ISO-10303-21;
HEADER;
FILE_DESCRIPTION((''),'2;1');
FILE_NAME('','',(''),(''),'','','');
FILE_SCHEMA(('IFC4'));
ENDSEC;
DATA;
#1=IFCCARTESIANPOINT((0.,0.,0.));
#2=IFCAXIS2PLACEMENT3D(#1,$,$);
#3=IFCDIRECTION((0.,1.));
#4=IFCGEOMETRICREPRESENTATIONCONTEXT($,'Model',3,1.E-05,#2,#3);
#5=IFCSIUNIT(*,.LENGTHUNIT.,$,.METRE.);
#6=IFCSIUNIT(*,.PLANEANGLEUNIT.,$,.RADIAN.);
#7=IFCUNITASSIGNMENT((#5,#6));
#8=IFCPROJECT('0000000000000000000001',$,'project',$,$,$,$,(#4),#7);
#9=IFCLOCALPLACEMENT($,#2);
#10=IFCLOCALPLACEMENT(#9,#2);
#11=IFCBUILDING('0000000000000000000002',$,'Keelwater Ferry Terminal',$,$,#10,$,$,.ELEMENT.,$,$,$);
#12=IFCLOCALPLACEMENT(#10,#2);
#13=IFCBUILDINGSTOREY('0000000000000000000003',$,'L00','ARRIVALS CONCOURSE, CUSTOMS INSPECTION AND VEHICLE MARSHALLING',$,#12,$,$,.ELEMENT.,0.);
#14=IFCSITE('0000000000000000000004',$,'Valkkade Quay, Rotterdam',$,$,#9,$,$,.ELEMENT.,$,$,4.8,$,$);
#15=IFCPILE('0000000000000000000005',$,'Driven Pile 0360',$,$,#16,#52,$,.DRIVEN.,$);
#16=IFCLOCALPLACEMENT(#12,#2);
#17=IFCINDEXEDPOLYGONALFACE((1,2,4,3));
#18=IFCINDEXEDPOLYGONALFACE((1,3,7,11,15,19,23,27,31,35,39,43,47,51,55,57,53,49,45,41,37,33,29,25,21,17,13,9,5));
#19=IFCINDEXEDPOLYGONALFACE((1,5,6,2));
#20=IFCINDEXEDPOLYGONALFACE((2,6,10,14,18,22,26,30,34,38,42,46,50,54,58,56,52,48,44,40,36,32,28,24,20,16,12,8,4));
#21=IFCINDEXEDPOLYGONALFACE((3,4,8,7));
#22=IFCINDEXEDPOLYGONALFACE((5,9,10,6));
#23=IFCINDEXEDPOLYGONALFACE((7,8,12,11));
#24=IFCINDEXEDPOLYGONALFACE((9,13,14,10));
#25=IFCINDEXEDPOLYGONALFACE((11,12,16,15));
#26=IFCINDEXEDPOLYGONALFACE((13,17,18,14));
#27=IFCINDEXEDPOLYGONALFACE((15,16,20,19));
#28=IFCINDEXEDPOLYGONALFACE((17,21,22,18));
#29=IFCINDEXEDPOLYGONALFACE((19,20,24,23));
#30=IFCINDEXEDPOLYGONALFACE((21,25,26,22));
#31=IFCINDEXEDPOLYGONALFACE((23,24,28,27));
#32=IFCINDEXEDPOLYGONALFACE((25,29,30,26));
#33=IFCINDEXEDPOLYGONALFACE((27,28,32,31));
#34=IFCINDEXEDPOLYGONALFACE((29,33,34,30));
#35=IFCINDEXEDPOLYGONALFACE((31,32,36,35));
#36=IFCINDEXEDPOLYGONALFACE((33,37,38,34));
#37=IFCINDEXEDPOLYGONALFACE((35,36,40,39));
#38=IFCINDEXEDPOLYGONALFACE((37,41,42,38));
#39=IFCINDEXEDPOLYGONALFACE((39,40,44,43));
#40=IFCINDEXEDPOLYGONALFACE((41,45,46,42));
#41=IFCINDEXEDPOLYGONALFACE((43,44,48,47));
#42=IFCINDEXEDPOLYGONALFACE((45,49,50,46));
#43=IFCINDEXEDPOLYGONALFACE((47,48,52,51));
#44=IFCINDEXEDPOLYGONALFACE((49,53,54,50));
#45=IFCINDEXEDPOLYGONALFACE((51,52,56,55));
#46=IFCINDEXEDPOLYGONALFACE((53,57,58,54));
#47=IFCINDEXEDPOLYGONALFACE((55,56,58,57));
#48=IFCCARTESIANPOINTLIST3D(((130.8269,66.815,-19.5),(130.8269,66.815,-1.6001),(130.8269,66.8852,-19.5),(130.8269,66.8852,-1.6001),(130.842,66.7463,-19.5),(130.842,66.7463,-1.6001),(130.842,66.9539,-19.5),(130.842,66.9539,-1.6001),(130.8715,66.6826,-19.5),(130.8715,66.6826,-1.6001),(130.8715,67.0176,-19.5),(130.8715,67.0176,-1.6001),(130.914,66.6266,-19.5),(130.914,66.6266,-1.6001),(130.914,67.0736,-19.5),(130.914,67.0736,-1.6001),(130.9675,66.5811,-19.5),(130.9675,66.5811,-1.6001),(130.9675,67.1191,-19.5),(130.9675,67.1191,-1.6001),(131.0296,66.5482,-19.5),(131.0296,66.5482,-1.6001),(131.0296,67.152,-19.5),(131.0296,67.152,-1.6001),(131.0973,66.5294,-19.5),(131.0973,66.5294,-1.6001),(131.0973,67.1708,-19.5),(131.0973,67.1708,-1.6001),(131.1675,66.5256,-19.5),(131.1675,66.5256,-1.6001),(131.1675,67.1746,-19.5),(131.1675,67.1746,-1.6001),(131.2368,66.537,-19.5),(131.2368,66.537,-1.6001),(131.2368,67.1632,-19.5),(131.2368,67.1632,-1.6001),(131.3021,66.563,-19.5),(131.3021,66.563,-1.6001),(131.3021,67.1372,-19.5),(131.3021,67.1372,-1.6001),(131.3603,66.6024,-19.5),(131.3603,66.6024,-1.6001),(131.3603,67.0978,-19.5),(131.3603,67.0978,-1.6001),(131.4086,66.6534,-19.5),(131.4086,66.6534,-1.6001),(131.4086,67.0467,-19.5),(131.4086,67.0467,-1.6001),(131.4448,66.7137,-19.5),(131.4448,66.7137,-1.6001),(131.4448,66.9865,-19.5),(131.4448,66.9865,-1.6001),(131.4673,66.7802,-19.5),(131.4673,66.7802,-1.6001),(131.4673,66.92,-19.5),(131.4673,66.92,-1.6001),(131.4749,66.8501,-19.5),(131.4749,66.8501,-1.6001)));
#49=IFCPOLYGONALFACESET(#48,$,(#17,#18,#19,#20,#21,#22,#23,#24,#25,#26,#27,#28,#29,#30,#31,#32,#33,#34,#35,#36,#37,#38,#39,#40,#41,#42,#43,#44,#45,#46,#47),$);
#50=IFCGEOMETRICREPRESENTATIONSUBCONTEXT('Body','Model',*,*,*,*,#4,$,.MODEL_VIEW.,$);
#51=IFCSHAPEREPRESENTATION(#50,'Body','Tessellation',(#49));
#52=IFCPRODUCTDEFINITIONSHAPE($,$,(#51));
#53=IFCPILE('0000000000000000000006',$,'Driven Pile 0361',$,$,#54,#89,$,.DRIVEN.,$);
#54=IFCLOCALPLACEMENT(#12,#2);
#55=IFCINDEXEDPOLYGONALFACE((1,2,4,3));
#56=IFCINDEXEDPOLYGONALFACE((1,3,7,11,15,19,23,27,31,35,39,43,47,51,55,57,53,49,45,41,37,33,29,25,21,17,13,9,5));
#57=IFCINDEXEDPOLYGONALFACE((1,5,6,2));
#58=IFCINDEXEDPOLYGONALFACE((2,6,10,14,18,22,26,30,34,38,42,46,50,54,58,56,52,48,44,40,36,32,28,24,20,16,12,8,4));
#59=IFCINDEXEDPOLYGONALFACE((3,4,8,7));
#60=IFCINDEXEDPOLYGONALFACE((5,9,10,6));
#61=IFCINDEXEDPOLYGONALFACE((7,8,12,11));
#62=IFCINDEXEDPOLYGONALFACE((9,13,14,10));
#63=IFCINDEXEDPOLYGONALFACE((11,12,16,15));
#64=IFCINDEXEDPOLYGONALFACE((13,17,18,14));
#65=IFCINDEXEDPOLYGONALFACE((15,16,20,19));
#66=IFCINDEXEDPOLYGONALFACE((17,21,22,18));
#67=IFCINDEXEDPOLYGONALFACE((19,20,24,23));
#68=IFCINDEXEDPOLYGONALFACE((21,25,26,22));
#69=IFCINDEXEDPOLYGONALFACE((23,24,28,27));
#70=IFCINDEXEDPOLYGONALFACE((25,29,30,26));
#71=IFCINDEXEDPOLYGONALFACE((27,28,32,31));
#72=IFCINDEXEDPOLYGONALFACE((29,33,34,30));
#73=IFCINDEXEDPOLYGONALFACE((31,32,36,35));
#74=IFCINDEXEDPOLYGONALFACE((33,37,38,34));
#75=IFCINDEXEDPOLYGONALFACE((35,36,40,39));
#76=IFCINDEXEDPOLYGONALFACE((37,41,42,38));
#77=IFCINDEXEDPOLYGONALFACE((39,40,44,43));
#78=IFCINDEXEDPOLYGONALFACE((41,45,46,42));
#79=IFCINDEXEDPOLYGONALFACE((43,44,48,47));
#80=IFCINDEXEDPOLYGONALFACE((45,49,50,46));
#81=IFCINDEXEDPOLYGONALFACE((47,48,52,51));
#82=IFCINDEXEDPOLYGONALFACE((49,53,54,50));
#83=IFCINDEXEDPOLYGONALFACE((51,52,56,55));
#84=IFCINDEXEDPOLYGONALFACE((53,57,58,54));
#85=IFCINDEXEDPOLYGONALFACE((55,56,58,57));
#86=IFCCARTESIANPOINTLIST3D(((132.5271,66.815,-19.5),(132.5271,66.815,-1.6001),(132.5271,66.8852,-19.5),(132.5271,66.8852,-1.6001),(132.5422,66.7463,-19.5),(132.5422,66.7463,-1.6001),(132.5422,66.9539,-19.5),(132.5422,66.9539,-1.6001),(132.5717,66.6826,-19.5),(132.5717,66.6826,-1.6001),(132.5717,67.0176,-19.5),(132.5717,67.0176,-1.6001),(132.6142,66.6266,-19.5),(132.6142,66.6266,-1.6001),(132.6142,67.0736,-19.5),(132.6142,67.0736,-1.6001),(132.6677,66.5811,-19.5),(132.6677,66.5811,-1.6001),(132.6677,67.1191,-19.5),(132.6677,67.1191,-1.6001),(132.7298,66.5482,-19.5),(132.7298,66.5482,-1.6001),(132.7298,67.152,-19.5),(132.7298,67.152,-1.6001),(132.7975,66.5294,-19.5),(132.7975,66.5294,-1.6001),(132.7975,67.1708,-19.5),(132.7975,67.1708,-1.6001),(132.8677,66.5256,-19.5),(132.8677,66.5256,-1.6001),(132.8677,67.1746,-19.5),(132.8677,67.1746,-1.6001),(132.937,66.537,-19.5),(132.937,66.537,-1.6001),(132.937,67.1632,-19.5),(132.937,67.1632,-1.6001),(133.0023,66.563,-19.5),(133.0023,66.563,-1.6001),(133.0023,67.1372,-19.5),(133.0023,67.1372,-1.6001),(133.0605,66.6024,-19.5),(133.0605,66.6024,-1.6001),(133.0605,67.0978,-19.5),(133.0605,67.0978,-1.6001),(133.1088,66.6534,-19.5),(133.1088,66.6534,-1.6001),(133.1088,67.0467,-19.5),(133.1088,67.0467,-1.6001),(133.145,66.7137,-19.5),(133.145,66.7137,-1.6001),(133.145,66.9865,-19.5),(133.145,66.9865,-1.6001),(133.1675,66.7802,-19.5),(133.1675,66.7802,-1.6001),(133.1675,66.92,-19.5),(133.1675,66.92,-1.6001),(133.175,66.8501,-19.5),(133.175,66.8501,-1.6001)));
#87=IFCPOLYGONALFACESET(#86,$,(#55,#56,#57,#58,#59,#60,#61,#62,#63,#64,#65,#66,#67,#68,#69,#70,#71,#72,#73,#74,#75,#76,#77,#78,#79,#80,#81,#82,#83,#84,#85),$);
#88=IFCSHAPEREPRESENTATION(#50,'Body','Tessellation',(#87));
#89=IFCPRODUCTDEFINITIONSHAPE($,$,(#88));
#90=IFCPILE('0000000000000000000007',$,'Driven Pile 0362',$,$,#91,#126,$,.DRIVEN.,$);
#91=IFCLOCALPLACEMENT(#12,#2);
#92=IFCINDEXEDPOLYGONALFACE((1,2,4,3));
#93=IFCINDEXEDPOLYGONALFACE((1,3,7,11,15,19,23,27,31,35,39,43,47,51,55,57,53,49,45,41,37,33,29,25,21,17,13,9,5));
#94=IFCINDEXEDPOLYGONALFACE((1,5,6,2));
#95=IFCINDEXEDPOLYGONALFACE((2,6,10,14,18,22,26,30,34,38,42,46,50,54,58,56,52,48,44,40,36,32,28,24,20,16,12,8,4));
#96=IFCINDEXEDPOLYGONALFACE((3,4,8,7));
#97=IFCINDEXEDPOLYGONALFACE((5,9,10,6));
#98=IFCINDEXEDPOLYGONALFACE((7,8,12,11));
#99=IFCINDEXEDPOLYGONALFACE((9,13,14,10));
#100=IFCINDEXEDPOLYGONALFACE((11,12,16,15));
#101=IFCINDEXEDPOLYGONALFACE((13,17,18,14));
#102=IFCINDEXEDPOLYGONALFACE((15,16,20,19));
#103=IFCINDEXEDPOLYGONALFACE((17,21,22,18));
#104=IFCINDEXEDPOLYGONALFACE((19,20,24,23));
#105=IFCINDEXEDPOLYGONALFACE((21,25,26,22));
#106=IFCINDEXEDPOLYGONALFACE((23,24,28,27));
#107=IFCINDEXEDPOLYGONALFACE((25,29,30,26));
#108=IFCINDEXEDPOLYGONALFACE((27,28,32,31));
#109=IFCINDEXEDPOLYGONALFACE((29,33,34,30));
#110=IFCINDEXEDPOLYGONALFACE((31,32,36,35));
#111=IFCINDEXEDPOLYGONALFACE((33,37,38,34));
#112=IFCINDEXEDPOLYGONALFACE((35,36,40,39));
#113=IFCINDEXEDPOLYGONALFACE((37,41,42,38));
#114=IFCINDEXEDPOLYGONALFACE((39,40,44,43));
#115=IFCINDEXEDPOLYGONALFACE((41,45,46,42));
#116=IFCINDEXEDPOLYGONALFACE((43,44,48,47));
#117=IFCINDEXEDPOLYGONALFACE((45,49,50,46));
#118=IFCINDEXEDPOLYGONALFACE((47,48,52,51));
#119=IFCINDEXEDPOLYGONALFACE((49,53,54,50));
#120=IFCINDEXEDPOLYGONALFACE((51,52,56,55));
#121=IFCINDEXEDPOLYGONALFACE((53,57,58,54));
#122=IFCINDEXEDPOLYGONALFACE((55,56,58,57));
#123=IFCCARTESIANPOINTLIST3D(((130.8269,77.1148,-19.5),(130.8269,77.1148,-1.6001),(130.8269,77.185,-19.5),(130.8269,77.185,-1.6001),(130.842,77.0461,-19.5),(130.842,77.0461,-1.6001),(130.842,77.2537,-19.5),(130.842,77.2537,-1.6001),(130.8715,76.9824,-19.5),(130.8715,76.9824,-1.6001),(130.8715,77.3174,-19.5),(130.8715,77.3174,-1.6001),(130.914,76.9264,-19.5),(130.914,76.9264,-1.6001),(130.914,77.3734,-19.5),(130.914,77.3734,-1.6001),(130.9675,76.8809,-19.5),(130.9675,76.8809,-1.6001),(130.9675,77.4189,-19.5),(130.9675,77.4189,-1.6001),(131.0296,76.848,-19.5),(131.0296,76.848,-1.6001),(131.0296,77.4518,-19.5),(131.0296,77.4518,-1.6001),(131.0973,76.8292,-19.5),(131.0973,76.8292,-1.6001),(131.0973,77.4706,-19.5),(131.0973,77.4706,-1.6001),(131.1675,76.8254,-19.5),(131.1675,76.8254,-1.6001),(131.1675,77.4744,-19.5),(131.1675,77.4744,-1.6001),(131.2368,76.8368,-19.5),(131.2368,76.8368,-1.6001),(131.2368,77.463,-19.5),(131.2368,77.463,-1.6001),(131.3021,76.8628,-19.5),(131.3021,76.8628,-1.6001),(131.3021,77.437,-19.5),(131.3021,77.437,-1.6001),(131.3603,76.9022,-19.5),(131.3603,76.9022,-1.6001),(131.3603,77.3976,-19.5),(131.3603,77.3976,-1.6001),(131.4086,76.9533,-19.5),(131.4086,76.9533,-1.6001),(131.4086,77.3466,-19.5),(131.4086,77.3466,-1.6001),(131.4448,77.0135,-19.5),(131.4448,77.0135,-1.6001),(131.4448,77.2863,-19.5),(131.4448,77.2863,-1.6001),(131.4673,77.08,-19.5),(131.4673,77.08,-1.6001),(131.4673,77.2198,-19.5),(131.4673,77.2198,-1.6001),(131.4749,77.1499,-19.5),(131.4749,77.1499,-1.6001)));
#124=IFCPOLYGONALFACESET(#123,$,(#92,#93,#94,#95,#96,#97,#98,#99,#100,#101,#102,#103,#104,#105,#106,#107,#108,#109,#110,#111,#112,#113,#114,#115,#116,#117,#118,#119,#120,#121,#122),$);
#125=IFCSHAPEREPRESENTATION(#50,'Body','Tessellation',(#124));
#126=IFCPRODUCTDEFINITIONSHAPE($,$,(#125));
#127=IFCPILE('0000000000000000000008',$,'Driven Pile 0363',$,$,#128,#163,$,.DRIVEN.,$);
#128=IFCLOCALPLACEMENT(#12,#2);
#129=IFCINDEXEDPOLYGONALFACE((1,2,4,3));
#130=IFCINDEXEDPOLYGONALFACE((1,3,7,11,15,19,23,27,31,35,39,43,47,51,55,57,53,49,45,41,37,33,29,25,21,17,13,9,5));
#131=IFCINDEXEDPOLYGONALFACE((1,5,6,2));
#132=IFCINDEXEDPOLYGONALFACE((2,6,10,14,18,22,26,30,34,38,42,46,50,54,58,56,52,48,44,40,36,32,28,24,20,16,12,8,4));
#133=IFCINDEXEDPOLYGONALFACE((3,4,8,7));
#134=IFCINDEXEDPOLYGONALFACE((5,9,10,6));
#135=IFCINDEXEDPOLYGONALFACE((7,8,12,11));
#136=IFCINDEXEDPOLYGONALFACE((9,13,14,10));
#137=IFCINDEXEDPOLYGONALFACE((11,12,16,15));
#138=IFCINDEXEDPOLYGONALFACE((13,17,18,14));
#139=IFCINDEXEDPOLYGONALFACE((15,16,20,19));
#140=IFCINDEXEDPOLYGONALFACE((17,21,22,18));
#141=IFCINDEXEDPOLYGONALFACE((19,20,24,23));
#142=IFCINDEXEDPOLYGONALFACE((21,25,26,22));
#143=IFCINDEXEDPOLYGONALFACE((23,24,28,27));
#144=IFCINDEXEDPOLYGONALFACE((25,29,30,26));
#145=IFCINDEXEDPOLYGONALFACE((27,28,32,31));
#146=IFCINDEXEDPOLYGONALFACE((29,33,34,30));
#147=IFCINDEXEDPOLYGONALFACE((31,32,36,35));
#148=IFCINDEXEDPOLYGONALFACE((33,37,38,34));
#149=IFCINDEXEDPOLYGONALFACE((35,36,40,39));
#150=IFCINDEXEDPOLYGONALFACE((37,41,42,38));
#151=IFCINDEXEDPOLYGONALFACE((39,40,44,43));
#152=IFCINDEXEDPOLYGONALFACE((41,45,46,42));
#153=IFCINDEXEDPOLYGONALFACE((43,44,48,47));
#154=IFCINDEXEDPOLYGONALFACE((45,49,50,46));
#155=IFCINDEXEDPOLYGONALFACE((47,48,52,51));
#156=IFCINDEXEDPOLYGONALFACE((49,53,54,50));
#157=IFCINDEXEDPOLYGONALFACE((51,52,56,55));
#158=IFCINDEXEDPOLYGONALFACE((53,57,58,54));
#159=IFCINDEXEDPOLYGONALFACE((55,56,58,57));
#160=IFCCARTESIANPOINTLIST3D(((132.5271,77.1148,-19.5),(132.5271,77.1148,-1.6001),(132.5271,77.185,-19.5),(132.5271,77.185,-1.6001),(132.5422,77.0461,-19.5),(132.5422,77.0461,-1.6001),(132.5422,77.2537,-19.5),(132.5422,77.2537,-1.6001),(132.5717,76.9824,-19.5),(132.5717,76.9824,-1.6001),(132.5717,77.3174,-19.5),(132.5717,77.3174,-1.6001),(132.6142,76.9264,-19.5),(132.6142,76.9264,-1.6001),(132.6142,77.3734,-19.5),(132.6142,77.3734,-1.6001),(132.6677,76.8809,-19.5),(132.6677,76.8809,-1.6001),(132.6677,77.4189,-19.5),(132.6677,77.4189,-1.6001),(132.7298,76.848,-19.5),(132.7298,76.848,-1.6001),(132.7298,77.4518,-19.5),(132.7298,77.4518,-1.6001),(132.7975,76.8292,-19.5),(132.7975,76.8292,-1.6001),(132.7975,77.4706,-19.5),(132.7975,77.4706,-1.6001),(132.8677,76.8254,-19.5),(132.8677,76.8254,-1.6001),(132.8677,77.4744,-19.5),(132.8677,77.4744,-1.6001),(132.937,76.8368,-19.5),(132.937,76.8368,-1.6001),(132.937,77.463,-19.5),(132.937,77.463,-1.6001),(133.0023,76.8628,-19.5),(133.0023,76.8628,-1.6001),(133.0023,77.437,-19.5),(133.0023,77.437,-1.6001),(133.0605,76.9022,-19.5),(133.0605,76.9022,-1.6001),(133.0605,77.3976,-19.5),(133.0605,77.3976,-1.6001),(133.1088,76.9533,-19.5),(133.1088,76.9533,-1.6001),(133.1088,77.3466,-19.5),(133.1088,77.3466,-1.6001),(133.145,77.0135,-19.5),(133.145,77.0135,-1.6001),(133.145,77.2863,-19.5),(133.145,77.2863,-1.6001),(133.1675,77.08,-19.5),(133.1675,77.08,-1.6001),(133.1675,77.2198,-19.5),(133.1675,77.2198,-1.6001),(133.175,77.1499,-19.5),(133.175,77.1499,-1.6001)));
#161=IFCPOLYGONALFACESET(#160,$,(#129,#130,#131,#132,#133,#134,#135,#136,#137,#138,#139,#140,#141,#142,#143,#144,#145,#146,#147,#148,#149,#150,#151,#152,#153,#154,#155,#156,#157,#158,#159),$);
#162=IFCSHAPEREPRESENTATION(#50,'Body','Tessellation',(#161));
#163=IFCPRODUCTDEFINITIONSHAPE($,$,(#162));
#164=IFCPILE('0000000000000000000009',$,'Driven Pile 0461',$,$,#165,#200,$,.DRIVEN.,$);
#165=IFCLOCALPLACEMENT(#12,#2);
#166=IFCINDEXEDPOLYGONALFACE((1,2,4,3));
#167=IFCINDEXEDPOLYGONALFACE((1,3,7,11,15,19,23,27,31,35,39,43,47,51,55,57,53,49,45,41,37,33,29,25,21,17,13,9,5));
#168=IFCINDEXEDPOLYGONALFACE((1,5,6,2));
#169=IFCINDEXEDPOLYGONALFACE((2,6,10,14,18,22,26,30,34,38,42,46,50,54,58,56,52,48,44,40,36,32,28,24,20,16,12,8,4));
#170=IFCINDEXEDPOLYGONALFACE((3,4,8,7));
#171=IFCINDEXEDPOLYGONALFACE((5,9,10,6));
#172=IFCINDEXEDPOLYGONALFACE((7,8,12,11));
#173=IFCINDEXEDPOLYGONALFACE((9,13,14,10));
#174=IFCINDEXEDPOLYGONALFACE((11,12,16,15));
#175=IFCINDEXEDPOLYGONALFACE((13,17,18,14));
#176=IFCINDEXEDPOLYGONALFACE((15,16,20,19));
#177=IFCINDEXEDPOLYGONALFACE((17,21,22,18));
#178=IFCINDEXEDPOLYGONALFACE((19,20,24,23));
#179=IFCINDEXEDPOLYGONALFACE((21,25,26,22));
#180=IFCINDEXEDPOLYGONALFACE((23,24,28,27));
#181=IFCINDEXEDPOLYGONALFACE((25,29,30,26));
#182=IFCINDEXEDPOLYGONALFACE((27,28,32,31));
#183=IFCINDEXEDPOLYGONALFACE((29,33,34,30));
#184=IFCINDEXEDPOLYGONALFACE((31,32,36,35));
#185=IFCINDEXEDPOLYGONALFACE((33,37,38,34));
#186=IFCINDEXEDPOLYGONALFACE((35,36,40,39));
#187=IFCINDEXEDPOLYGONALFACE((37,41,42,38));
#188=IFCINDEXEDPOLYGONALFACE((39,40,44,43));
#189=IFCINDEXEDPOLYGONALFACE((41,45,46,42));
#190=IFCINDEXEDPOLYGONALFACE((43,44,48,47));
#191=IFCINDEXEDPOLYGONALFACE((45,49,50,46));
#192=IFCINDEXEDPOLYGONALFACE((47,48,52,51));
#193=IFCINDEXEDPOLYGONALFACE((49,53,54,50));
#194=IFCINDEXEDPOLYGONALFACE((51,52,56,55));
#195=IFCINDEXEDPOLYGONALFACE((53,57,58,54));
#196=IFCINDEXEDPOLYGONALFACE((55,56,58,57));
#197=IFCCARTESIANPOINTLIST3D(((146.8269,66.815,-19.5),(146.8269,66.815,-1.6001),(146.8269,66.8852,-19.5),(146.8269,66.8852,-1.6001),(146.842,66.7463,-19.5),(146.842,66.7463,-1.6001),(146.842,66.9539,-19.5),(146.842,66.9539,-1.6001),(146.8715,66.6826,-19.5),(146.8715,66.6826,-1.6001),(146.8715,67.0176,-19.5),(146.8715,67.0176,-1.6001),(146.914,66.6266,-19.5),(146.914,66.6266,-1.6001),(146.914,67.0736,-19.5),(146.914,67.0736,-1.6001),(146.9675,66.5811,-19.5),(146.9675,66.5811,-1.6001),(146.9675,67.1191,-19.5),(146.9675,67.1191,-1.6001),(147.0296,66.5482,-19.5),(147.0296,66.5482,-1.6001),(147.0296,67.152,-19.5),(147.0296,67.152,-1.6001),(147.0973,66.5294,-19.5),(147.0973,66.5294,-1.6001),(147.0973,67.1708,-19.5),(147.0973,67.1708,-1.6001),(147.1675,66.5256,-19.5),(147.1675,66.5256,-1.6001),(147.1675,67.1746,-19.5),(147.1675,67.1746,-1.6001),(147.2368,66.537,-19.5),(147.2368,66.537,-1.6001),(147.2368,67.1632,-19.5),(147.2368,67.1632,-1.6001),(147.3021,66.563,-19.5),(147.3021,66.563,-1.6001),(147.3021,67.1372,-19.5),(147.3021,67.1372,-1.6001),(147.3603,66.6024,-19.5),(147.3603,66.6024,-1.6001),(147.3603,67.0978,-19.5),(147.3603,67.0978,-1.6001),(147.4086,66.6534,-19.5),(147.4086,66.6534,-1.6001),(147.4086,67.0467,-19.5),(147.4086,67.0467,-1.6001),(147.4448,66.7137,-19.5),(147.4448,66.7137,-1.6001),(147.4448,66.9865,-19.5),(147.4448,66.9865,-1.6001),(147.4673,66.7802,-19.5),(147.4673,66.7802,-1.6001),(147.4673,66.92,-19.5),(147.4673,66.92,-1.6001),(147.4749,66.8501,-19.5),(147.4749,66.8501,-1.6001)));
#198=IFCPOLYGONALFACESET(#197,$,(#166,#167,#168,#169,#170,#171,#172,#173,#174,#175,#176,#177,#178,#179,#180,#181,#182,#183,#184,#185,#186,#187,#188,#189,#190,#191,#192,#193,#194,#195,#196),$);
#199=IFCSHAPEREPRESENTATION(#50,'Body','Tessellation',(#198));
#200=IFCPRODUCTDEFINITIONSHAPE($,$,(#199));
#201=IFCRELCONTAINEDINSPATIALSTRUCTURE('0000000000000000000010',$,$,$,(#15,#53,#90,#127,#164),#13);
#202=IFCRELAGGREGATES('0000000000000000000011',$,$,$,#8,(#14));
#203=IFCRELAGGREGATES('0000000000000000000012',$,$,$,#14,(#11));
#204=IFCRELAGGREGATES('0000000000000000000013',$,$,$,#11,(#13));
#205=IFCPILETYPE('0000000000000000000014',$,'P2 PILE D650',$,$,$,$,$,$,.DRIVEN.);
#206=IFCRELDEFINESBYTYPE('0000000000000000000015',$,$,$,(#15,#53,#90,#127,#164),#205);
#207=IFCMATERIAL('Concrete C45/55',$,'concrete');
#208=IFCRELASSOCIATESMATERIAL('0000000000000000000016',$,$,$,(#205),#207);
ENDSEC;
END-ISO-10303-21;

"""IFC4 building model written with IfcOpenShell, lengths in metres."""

from ifc_helpers import new_model, si_unit, direction, frame, origin, origin_2d, place, context, subcontext, project, spatial, circle, extrude, material, material_profile, profile_set, type_object, element, save


model = new_model("IFC4")

# Units and contexts
model_context = context("Model", 3, precision=1e-05, world=origin(), true_north=direction((0.0, 1.0)))
body_context = subcontext(model_context, "Body", "Model", "MODEL_VIEW")
ifc_project = project(units=[si_unit("LENGTHUNIT", "METRE"), si_unit("PLANEANGLEUNIT", "RADIAN")], contexts=[model_context])

# Site, building, storey
site_placement = place(None, origin())
site = spatial("IfcSite", under=ifc_project, at=site_placement, Name="Valkkade Quay, Rotterdam", CompositionType="ELEMENT", RefElevation=4.8)
building_placement = place(site_placement, origin())
building = spatial("IfcBuilding", under=site, at=building_placement, Name="Keelwater Ferry Terminal", CompositionType="ELEMENT")
storey_placement = place(building_placement, origin())
storey = spatial("IfcBuildingStorey", under=building, at=storey_placement, Name="L00", Description="ARRIVALS CONCOURSE, CUSTOMS INSPECTION AND VEHICLE MARSHALLING", CompositionType="ELEMENT", Elevation=0.0)

# Piles
ifc_material_1 = material(Name="Concrete C45/55", Category="concrete")
ifc_material_profile_1 = material_profile(ifc_material_1, circle(Radius=0.325, at=origin_2d()), Name="PILE D650")
ifc_profile_set_1 = profile_set([ifc_material_profile_1], Name="Concrete C45/55")
pile_type_1 = type_object("IfcPileType", Name="P2 PILE D650", PredefinedType="DRIVEN", material=ifc_profile_set_1)
for number, where, z_axis, x_axis, name in (
    (1, (131.1499, 66.8501, -1.6001), (0.0, 0.0, -1.0), (1.0, 0.0, 0.0), "Driven Pile 0360"),
    (2, (132.8501, 66.8501, -1.6001), (0.0, 0.0, -1.0), (1.0, 0.0, 0.0), "Driven Pile 0361"),
    (3, (131.1499, 77.1499, -1.6001), (0.0, 0.0, -1.0), (1.0, 0.0, 0.0), "Driven Pile 0362"),
    (4, (132.8501, 77.1499, -1.6001), (0.0, 0.0, -1.0), (1.0, 0.0, 0.0), "Driven Pile 0363"),
    (5, (147.1499, 66.8501, -1.6001), (0.0, 0.0, -1.0), (1.0, 0.0, 0.0), "Driven Pile 0461"),
):
    element("IfcPile", number, at=place(storey_placement, frame(where, z_axis=z_axis, x_axis=x_axis)), inside=storey, type_object=pile_type_1, Name=name, PredefinedType="DRIVEN", context=body_context, shape_type="SweptSolid", body=[
        extrude(circle(Radius=0.325, at=origin_2d()), origin(), (0.0, 0.0, 1.0), 17.8999),
    ])

save(model, "model.ifc")
